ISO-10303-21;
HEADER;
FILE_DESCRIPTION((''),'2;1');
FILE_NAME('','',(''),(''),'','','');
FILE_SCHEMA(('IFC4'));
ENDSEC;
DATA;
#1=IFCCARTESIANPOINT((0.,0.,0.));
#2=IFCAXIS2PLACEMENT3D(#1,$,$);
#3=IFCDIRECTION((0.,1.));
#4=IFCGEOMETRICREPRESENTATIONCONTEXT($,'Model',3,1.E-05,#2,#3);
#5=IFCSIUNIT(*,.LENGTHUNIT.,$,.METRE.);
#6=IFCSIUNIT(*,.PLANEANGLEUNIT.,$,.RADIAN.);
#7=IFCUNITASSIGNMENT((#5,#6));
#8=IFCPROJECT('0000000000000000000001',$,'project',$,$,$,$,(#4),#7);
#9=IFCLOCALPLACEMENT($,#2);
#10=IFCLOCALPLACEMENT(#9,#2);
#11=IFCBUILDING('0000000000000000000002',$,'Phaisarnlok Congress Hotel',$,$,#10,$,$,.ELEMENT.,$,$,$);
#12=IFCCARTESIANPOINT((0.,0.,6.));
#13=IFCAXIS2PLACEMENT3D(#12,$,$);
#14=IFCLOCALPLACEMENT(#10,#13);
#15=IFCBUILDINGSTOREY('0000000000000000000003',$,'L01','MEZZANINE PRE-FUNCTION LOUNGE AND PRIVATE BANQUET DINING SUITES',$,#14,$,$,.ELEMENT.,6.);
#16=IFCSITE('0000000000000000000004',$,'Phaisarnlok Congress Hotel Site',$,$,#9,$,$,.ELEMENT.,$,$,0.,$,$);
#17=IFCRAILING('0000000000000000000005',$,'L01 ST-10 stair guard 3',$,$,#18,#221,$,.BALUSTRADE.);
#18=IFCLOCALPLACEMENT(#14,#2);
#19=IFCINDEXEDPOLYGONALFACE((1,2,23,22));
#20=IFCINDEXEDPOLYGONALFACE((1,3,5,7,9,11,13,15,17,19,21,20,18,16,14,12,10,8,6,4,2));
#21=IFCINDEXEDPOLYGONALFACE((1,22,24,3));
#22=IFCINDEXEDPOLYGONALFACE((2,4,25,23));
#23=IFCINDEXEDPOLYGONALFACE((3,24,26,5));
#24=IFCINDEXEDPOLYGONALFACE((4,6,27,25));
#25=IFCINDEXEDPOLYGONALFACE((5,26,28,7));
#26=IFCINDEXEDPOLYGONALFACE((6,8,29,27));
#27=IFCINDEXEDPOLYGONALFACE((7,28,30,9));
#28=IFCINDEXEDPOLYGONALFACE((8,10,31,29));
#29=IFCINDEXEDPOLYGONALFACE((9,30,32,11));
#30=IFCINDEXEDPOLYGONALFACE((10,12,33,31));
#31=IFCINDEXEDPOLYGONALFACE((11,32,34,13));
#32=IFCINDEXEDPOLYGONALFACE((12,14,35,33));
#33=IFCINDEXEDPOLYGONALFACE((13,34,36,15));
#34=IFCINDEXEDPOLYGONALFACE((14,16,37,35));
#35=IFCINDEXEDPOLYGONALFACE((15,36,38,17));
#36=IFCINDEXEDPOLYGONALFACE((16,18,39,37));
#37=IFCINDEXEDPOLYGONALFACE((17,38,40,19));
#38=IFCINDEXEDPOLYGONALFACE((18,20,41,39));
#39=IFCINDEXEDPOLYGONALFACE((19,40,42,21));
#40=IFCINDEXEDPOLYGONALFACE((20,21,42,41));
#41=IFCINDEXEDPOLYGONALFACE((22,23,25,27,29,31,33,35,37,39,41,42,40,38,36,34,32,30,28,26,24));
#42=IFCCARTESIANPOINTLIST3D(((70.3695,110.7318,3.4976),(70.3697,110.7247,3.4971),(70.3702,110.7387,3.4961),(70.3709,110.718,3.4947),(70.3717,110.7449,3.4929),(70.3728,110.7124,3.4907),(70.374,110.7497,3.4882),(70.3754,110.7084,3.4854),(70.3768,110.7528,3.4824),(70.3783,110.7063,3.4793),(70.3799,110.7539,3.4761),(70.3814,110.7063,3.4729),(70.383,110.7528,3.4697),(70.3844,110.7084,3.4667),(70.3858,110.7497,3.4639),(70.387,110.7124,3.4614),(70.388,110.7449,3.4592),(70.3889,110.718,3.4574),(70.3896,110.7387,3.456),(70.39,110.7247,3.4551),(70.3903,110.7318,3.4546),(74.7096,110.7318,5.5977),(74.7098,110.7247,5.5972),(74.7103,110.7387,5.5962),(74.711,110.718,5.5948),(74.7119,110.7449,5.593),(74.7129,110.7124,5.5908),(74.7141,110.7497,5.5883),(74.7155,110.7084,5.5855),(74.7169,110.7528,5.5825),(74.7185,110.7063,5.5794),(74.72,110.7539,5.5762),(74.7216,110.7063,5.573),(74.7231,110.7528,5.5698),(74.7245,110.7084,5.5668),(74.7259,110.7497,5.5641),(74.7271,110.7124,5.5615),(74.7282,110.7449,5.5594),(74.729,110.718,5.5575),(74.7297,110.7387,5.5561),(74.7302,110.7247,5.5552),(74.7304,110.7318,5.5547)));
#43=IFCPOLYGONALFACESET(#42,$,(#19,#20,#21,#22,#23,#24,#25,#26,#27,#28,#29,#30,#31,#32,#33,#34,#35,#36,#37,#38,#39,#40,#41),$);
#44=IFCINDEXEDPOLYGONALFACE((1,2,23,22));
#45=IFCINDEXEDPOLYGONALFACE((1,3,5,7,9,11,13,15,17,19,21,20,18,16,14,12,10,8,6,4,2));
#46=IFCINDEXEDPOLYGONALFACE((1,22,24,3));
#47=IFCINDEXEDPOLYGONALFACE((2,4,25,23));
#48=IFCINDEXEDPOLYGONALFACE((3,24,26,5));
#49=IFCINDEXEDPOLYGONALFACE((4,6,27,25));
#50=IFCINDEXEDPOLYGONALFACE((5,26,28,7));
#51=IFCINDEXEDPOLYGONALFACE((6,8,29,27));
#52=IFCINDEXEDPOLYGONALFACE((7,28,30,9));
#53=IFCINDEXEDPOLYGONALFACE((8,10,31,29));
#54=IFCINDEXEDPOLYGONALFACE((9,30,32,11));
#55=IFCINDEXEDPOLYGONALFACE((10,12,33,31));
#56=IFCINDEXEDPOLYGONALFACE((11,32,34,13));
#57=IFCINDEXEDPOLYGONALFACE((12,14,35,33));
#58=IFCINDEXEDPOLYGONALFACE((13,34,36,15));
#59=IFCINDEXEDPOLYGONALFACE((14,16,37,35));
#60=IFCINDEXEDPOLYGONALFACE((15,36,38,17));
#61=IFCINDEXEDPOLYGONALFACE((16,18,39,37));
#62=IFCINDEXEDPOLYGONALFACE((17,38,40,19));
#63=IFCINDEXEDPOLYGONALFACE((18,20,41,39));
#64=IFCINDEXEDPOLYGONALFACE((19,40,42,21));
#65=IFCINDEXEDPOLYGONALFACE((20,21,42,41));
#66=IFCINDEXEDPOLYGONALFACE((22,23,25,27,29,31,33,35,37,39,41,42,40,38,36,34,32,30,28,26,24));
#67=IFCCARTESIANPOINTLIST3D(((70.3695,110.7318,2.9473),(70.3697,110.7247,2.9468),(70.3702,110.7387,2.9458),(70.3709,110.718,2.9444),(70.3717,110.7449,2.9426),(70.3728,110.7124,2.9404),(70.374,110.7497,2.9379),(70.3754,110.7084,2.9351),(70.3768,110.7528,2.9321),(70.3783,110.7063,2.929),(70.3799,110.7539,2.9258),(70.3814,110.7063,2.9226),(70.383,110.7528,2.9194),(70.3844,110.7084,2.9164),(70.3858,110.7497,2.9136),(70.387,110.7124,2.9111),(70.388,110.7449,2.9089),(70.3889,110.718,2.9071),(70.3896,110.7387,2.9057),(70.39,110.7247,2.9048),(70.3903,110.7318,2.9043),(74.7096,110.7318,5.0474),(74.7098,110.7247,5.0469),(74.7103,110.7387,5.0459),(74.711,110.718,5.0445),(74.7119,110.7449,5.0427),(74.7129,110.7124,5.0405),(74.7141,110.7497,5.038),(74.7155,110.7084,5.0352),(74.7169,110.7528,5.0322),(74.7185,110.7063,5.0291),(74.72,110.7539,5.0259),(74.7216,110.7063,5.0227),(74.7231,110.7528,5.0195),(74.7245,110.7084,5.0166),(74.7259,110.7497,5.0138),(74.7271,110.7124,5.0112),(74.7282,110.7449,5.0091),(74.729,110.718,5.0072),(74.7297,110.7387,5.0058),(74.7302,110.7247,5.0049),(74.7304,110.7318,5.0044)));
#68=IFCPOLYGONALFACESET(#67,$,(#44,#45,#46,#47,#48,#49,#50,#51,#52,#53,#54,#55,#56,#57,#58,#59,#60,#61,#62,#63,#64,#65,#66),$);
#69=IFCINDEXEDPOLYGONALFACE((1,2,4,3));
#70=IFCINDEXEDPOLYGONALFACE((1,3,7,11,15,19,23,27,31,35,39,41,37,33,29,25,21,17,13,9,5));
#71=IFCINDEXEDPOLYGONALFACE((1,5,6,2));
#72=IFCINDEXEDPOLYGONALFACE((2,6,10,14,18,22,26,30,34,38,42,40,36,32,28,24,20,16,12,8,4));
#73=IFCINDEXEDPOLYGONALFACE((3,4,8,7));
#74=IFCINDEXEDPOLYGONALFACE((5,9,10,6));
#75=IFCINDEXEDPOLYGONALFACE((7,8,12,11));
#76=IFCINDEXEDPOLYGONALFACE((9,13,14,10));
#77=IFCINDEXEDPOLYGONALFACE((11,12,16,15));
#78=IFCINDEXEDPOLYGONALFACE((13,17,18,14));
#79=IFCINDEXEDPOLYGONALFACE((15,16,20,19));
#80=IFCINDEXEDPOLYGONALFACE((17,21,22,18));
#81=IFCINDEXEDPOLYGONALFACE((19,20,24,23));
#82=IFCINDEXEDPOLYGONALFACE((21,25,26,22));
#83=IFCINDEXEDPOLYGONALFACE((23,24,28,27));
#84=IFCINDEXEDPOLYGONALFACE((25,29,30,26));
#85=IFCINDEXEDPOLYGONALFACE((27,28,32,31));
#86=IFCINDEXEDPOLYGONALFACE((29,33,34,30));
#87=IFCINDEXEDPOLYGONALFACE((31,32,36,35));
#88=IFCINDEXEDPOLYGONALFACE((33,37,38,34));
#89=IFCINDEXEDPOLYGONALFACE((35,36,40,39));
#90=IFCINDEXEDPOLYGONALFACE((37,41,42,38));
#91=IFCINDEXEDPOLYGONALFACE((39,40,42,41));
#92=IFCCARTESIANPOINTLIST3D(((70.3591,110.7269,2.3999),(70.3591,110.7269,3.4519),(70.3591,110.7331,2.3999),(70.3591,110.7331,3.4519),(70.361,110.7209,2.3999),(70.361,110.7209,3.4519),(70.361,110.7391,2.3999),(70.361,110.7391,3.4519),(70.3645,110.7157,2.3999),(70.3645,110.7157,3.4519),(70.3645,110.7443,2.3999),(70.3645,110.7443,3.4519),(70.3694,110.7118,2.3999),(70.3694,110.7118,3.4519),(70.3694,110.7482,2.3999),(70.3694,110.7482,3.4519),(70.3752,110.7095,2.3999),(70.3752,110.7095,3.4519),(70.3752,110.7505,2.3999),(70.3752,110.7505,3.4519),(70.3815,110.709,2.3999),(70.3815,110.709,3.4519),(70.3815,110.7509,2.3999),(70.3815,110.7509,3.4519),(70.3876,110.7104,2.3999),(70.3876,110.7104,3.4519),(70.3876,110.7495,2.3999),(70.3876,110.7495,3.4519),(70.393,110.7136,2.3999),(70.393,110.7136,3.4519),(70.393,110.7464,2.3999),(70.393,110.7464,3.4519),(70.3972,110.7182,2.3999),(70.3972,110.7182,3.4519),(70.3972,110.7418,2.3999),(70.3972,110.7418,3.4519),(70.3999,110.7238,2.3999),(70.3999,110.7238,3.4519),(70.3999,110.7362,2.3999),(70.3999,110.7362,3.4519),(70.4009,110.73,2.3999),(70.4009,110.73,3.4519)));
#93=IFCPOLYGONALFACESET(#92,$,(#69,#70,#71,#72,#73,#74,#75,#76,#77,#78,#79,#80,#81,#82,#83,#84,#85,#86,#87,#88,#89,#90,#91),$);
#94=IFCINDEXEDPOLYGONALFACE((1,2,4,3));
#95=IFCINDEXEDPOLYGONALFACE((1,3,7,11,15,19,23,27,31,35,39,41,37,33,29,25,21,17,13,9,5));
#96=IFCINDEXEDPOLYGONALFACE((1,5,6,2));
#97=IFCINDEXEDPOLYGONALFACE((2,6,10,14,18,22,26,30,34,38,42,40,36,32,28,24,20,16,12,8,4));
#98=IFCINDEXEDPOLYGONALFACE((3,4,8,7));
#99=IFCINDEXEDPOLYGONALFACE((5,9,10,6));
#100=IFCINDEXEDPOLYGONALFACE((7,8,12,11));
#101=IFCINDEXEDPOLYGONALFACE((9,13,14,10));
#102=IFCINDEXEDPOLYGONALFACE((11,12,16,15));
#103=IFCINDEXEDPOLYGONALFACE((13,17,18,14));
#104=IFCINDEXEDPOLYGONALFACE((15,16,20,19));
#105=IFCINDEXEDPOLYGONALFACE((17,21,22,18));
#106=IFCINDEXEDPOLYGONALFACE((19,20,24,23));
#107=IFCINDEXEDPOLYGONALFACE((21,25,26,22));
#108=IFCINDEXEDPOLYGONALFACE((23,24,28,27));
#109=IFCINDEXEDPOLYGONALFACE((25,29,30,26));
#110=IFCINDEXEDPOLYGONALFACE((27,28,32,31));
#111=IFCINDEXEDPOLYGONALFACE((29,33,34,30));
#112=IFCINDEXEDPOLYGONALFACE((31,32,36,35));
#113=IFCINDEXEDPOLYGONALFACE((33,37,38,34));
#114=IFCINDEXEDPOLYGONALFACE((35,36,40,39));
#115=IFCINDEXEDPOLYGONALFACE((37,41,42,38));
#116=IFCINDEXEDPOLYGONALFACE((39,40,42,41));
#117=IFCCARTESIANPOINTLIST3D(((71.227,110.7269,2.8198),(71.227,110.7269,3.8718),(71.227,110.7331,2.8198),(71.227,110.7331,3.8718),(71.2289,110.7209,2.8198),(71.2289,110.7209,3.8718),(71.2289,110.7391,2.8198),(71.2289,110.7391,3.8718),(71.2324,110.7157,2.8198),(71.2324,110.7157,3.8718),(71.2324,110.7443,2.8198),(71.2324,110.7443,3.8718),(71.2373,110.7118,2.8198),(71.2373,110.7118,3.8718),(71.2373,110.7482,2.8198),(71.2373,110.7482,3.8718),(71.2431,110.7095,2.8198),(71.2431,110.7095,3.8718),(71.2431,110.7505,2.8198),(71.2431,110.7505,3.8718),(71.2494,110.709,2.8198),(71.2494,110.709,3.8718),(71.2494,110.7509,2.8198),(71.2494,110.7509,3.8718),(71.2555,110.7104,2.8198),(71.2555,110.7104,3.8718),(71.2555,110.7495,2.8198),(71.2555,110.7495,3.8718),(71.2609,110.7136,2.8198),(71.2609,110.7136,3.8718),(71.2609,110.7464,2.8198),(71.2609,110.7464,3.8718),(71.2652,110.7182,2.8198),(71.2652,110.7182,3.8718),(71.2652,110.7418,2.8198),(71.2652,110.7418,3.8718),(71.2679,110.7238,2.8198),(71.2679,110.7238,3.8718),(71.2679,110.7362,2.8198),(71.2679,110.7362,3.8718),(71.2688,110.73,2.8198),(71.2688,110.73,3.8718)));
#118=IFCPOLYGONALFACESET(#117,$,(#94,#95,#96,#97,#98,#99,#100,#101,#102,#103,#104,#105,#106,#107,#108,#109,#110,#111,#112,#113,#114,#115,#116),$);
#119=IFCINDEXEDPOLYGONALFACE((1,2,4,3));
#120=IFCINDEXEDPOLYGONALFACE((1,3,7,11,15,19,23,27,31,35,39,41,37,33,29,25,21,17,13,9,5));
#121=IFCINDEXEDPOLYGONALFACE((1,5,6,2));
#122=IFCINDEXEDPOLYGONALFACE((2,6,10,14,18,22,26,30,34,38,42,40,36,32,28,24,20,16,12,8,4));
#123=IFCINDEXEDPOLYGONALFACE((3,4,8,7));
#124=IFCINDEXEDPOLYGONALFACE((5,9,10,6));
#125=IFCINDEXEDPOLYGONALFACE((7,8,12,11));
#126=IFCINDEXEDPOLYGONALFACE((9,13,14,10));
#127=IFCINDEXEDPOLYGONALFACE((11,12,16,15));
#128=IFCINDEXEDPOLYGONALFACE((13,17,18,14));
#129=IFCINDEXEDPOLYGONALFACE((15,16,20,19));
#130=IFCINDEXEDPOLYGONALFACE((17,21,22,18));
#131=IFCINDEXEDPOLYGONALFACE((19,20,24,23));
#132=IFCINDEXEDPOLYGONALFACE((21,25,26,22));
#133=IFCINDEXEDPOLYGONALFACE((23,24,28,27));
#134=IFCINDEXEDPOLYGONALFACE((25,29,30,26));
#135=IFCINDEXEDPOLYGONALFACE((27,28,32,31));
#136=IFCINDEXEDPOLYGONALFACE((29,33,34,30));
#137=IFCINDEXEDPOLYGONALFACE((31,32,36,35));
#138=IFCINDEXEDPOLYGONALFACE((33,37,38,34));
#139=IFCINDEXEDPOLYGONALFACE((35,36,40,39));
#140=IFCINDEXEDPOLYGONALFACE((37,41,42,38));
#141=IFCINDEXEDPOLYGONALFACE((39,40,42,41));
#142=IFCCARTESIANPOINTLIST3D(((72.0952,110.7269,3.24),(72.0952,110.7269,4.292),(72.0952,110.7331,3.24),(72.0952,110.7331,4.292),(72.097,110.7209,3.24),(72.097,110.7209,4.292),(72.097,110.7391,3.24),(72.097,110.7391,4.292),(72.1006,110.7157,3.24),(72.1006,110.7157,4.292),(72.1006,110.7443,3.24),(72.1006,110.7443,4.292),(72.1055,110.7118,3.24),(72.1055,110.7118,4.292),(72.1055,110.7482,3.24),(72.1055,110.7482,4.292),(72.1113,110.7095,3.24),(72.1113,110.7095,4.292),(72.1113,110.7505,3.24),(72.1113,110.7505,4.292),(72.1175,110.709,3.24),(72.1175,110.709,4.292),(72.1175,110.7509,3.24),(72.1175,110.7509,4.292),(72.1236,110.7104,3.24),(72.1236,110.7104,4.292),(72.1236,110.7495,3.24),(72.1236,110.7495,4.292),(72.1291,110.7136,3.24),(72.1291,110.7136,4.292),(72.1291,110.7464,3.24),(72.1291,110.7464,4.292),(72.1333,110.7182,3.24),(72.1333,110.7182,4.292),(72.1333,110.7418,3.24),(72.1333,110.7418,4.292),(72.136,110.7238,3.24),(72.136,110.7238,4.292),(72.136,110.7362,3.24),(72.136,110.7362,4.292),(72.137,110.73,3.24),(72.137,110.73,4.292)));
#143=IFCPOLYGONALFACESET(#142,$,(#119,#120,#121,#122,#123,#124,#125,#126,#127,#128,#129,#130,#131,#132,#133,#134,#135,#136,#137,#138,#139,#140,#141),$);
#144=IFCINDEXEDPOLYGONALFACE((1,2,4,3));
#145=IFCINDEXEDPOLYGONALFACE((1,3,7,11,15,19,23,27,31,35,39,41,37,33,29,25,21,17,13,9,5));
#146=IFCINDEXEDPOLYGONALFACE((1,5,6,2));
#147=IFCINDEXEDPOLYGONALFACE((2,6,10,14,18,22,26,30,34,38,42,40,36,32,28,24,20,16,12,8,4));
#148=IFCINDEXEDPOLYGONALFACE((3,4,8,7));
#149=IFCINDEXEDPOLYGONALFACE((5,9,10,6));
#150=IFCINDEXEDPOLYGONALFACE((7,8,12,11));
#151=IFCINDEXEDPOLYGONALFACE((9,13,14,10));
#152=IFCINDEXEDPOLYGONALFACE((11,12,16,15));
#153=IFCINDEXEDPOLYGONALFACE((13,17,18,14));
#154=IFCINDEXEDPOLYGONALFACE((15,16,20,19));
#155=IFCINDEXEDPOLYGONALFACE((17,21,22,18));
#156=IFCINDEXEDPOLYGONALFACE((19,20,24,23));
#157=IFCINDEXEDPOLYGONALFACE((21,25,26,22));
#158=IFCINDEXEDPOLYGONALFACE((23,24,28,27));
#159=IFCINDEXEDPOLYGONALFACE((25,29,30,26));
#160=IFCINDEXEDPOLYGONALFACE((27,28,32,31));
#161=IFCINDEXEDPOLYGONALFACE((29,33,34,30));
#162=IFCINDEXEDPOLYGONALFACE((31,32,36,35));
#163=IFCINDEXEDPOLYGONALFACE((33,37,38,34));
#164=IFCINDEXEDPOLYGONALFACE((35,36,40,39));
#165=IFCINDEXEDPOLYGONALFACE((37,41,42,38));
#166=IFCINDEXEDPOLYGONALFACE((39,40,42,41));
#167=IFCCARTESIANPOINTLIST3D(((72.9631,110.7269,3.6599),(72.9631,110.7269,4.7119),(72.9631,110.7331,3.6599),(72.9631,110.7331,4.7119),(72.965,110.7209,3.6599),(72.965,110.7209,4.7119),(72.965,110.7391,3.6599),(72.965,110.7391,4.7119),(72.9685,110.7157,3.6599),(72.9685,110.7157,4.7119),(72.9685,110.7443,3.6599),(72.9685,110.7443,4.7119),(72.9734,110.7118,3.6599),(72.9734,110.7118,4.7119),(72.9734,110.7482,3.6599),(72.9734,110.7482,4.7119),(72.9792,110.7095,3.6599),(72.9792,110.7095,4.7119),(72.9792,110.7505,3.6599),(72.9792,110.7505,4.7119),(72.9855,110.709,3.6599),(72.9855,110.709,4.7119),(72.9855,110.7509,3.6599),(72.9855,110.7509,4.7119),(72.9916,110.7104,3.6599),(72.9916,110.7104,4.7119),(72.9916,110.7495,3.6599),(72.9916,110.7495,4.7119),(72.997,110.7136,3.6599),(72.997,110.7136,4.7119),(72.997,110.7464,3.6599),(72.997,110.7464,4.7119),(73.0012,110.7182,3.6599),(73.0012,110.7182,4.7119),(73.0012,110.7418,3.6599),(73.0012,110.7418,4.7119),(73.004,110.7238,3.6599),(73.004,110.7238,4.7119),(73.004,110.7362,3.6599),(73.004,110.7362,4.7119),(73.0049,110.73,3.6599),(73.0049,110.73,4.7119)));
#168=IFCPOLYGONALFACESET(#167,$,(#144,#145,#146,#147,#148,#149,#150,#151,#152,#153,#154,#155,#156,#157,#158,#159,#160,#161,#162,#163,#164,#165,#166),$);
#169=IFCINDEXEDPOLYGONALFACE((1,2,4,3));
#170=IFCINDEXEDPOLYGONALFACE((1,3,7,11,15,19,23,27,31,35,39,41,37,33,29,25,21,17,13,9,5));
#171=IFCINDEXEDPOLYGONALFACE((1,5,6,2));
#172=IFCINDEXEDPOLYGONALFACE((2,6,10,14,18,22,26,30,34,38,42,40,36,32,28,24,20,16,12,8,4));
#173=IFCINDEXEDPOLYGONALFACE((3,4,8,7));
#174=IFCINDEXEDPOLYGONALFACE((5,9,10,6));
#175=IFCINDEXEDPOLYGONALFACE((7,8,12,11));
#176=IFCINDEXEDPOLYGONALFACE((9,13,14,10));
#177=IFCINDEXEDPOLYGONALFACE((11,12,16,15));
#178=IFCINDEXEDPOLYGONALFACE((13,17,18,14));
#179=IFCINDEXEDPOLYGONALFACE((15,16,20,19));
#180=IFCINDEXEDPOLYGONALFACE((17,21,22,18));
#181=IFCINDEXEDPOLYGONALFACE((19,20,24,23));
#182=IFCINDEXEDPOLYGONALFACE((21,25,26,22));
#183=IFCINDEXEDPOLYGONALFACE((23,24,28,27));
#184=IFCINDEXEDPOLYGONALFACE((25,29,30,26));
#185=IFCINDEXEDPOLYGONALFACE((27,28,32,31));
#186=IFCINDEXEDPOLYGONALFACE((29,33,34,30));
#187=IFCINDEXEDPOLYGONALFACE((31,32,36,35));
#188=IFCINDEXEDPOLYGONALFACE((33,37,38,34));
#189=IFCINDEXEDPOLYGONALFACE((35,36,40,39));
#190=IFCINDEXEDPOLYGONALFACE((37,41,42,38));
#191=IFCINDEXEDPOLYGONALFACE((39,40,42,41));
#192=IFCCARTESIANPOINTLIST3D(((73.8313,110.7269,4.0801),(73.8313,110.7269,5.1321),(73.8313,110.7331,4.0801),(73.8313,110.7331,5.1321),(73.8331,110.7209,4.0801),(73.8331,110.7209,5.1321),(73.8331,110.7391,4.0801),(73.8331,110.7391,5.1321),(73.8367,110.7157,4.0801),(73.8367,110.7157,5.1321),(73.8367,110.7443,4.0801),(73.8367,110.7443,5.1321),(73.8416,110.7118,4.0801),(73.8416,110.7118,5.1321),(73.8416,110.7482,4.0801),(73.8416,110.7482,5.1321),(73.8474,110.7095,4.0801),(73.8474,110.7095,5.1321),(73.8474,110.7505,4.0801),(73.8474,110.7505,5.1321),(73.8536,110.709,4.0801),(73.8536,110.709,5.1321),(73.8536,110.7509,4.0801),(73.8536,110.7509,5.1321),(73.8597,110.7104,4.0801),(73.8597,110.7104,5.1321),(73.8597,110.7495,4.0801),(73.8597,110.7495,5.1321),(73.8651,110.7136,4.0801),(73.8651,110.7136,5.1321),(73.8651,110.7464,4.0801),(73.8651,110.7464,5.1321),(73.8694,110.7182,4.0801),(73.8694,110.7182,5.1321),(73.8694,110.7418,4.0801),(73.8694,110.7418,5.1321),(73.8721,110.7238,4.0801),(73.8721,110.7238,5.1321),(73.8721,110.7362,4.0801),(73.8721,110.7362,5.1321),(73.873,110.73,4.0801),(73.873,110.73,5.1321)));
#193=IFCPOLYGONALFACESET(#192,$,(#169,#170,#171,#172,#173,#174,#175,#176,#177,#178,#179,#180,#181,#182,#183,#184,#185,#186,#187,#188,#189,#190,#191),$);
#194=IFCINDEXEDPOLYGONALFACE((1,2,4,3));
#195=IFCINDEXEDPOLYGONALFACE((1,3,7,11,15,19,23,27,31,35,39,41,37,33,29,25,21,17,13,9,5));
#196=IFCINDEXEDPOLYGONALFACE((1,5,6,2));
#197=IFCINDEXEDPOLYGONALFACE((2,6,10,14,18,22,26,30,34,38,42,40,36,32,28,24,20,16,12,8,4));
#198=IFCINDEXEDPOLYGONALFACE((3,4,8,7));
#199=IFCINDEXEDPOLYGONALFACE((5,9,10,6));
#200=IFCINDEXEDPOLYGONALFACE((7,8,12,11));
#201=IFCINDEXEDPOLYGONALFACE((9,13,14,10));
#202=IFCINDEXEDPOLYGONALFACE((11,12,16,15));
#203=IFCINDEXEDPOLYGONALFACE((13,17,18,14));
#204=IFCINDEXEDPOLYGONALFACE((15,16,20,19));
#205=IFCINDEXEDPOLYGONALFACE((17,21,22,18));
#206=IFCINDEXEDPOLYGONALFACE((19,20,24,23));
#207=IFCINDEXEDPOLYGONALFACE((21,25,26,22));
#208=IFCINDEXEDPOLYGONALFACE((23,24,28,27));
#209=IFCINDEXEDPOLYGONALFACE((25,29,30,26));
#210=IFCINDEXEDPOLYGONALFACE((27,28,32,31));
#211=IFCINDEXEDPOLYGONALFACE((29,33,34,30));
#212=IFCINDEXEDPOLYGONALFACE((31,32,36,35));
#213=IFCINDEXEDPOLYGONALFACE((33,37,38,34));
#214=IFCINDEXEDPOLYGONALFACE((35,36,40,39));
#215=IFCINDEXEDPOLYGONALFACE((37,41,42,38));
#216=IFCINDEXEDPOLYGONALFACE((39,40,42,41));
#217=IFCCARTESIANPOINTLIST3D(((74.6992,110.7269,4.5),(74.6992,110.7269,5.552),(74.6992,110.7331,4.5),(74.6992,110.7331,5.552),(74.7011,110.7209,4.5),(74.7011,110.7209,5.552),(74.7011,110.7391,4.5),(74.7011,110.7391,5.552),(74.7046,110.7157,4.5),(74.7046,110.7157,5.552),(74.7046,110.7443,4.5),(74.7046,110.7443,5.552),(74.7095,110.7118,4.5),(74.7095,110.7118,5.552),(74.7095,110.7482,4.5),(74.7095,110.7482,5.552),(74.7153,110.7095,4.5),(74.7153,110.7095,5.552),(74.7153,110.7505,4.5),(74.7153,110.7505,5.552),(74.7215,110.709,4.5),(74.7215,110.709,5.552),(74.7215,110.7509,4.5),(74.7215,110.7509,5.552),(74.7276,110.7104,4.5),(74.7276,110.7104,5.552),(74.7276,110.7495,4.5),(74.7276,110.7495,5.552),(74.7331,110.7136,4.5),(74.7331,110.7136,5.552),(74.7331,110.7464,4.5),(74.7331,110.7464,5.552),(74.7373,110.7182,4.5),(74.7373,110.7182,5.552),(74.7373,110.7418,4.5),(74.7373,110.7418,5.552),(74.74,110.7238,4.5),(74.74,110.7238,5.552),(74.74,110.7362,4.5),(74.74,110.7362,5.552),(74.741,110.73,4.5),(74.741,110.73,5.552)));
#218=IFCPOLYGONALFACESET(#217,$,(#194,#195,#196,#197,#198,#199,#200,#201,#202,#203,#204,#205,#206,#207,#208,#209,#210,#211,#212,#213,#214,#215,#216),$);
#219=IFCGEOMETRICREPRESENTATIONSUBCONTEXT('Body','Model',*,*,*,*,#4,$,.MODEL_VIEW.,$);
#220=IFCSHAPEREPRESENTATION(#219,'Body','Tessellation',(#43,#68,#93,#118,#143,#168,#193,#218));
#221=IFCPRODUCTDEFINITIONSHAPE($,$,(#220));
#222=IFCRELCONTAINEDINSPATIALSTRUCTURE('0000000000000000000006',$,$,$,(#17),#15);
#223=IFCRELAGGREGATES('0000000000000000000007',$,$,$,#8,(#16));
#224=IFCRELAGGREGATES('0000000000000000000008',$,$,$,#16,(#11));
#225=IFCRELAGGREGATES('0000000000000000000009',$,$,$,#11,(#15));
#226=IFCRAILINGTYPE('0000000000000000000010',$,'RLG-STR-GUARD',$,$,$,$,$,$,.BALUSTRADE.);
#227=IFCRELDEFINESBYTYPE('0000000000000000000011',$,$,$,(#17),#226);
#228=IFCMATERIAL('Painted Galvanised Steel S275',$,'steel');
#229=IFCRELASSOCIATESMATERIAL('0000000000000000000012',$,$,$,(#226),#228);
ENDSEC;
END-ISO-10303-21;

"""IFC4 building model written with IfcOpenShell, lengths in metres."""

from ifc_helpers import new_model, si_unit, direction, frame, origin, origin_2d, place, context, subcontext, project, spatial, circle, extrude, material, type_object, element, save


model = new_model("IFC4")

# Units and contexts
model_context = context("Model", 3, precision=1e-05, world=origin(), true_north=direction((0.0, 1.0)))
body_context = subcontext(model_context, "Body", "Model", "MODEL_VIEW")
ifc_project = project(units=[si_unit("LENGTHUNIT", "METRE"), si_unit("PLANEANGLEUNIT", "RADIAN")], contexts=[model_context])

# Site, building, storey
site_placement = place(None, origin())
site = spatial("IfcSite", under=ifc_project, at=site_placement, Name="Phaisarnlok Congress Hotel Site", CompositionType="ELEMENT", RefElevation=0.0)
building_placement = place(site_placement, origin())
building = spatial("IfcBuilding", under=site, at=building_placement, Name="Phaisarnlok Congress Hotel", CompositionType="ELEMENT")
storey_placement = place(building_placement, frame((0.0, 0.0, 6.0)))
storey = spatial("IfcBuildingStorey", under=building, at=storey_placement, Name="L01", Description="MEZZANINE PRE-FUNCTION LOUNGE AND PRIVATE BANQUET DINING SUITES", CompositionType="ELEMENT", Elevation=6.0)

# Railing
ifc_material_1 = material(Name="Painted Galvanised Steel S275", Category="steel")
railing_type_1 = type_object("IfcRailingType", Name="RLG-STR-GUARD", PredefinedType="BALUSTRADE", material=ifc_material_1)
railing_1_placement = place(storey_placement, frame((70.3799, 110.73, 2.3999)))
element("IfcRailing", 1, at=railing_1_placement, inside=storey, type_object=railing_type_1, Name="L01 ST-10 stair guard 3", PredefinedType="BALUSTRADE", context=body_context, shape_type="SweptSolid", body=[
    extrude(circle(Radius=0.0239, at=origin_2d()), frame((0.0, 0.0, 1.0762), z_axis=(0.900155, 0.0, 0.43557), x_axis=(0.0, 1.0, 0.0)), (0.0, 0.0, 1.0), 4.8215),
    extrude(circle(Radius=0.0239, at=origin_2d()), frame((0.0, 0.0, 0.5259), z_axis=(0.900155, 0.0, 0.43557), x_axis=(0.0, 1.0, 0.0)), (0.0, 0.0, 1.0), 4.8215),
    extrude(circle(Radius=0.021, at=origin_2d()), origin(), (0.0, 0.0, 1.0), 1.052),
    extrude(circle(Radius=0.021, at=origin_2d()), frame((0.8679, 0.0, 0.4199)), (0.0, 0.0, 1.0), 1.052),
    extrude(circle(Radius=0.021, at=origin_2d()), frame((1.7361, 0.0, 0.8401)), (0.0, 0.0, 1.0), 1.052),
    extrude(circle(Radius=0.021, at=origin_2d()), frame((2.604, 0.0, 1.26)), (0.0, 0.0, 1.0), 1.052),
    extrude(circle(Radius=0.021, at=origin_2d()), frame((3.4722, 0.0, 1.6802)), (0.0, 0.0, 1.0), 1.052),
    extrude(circle(Radius=0.021, at=origin_2d()), frame((4.3401, 0.0, 2.1001)), (0.0, 0.0, 1.0), 1.052),
])

save(model, "model.ifc")
